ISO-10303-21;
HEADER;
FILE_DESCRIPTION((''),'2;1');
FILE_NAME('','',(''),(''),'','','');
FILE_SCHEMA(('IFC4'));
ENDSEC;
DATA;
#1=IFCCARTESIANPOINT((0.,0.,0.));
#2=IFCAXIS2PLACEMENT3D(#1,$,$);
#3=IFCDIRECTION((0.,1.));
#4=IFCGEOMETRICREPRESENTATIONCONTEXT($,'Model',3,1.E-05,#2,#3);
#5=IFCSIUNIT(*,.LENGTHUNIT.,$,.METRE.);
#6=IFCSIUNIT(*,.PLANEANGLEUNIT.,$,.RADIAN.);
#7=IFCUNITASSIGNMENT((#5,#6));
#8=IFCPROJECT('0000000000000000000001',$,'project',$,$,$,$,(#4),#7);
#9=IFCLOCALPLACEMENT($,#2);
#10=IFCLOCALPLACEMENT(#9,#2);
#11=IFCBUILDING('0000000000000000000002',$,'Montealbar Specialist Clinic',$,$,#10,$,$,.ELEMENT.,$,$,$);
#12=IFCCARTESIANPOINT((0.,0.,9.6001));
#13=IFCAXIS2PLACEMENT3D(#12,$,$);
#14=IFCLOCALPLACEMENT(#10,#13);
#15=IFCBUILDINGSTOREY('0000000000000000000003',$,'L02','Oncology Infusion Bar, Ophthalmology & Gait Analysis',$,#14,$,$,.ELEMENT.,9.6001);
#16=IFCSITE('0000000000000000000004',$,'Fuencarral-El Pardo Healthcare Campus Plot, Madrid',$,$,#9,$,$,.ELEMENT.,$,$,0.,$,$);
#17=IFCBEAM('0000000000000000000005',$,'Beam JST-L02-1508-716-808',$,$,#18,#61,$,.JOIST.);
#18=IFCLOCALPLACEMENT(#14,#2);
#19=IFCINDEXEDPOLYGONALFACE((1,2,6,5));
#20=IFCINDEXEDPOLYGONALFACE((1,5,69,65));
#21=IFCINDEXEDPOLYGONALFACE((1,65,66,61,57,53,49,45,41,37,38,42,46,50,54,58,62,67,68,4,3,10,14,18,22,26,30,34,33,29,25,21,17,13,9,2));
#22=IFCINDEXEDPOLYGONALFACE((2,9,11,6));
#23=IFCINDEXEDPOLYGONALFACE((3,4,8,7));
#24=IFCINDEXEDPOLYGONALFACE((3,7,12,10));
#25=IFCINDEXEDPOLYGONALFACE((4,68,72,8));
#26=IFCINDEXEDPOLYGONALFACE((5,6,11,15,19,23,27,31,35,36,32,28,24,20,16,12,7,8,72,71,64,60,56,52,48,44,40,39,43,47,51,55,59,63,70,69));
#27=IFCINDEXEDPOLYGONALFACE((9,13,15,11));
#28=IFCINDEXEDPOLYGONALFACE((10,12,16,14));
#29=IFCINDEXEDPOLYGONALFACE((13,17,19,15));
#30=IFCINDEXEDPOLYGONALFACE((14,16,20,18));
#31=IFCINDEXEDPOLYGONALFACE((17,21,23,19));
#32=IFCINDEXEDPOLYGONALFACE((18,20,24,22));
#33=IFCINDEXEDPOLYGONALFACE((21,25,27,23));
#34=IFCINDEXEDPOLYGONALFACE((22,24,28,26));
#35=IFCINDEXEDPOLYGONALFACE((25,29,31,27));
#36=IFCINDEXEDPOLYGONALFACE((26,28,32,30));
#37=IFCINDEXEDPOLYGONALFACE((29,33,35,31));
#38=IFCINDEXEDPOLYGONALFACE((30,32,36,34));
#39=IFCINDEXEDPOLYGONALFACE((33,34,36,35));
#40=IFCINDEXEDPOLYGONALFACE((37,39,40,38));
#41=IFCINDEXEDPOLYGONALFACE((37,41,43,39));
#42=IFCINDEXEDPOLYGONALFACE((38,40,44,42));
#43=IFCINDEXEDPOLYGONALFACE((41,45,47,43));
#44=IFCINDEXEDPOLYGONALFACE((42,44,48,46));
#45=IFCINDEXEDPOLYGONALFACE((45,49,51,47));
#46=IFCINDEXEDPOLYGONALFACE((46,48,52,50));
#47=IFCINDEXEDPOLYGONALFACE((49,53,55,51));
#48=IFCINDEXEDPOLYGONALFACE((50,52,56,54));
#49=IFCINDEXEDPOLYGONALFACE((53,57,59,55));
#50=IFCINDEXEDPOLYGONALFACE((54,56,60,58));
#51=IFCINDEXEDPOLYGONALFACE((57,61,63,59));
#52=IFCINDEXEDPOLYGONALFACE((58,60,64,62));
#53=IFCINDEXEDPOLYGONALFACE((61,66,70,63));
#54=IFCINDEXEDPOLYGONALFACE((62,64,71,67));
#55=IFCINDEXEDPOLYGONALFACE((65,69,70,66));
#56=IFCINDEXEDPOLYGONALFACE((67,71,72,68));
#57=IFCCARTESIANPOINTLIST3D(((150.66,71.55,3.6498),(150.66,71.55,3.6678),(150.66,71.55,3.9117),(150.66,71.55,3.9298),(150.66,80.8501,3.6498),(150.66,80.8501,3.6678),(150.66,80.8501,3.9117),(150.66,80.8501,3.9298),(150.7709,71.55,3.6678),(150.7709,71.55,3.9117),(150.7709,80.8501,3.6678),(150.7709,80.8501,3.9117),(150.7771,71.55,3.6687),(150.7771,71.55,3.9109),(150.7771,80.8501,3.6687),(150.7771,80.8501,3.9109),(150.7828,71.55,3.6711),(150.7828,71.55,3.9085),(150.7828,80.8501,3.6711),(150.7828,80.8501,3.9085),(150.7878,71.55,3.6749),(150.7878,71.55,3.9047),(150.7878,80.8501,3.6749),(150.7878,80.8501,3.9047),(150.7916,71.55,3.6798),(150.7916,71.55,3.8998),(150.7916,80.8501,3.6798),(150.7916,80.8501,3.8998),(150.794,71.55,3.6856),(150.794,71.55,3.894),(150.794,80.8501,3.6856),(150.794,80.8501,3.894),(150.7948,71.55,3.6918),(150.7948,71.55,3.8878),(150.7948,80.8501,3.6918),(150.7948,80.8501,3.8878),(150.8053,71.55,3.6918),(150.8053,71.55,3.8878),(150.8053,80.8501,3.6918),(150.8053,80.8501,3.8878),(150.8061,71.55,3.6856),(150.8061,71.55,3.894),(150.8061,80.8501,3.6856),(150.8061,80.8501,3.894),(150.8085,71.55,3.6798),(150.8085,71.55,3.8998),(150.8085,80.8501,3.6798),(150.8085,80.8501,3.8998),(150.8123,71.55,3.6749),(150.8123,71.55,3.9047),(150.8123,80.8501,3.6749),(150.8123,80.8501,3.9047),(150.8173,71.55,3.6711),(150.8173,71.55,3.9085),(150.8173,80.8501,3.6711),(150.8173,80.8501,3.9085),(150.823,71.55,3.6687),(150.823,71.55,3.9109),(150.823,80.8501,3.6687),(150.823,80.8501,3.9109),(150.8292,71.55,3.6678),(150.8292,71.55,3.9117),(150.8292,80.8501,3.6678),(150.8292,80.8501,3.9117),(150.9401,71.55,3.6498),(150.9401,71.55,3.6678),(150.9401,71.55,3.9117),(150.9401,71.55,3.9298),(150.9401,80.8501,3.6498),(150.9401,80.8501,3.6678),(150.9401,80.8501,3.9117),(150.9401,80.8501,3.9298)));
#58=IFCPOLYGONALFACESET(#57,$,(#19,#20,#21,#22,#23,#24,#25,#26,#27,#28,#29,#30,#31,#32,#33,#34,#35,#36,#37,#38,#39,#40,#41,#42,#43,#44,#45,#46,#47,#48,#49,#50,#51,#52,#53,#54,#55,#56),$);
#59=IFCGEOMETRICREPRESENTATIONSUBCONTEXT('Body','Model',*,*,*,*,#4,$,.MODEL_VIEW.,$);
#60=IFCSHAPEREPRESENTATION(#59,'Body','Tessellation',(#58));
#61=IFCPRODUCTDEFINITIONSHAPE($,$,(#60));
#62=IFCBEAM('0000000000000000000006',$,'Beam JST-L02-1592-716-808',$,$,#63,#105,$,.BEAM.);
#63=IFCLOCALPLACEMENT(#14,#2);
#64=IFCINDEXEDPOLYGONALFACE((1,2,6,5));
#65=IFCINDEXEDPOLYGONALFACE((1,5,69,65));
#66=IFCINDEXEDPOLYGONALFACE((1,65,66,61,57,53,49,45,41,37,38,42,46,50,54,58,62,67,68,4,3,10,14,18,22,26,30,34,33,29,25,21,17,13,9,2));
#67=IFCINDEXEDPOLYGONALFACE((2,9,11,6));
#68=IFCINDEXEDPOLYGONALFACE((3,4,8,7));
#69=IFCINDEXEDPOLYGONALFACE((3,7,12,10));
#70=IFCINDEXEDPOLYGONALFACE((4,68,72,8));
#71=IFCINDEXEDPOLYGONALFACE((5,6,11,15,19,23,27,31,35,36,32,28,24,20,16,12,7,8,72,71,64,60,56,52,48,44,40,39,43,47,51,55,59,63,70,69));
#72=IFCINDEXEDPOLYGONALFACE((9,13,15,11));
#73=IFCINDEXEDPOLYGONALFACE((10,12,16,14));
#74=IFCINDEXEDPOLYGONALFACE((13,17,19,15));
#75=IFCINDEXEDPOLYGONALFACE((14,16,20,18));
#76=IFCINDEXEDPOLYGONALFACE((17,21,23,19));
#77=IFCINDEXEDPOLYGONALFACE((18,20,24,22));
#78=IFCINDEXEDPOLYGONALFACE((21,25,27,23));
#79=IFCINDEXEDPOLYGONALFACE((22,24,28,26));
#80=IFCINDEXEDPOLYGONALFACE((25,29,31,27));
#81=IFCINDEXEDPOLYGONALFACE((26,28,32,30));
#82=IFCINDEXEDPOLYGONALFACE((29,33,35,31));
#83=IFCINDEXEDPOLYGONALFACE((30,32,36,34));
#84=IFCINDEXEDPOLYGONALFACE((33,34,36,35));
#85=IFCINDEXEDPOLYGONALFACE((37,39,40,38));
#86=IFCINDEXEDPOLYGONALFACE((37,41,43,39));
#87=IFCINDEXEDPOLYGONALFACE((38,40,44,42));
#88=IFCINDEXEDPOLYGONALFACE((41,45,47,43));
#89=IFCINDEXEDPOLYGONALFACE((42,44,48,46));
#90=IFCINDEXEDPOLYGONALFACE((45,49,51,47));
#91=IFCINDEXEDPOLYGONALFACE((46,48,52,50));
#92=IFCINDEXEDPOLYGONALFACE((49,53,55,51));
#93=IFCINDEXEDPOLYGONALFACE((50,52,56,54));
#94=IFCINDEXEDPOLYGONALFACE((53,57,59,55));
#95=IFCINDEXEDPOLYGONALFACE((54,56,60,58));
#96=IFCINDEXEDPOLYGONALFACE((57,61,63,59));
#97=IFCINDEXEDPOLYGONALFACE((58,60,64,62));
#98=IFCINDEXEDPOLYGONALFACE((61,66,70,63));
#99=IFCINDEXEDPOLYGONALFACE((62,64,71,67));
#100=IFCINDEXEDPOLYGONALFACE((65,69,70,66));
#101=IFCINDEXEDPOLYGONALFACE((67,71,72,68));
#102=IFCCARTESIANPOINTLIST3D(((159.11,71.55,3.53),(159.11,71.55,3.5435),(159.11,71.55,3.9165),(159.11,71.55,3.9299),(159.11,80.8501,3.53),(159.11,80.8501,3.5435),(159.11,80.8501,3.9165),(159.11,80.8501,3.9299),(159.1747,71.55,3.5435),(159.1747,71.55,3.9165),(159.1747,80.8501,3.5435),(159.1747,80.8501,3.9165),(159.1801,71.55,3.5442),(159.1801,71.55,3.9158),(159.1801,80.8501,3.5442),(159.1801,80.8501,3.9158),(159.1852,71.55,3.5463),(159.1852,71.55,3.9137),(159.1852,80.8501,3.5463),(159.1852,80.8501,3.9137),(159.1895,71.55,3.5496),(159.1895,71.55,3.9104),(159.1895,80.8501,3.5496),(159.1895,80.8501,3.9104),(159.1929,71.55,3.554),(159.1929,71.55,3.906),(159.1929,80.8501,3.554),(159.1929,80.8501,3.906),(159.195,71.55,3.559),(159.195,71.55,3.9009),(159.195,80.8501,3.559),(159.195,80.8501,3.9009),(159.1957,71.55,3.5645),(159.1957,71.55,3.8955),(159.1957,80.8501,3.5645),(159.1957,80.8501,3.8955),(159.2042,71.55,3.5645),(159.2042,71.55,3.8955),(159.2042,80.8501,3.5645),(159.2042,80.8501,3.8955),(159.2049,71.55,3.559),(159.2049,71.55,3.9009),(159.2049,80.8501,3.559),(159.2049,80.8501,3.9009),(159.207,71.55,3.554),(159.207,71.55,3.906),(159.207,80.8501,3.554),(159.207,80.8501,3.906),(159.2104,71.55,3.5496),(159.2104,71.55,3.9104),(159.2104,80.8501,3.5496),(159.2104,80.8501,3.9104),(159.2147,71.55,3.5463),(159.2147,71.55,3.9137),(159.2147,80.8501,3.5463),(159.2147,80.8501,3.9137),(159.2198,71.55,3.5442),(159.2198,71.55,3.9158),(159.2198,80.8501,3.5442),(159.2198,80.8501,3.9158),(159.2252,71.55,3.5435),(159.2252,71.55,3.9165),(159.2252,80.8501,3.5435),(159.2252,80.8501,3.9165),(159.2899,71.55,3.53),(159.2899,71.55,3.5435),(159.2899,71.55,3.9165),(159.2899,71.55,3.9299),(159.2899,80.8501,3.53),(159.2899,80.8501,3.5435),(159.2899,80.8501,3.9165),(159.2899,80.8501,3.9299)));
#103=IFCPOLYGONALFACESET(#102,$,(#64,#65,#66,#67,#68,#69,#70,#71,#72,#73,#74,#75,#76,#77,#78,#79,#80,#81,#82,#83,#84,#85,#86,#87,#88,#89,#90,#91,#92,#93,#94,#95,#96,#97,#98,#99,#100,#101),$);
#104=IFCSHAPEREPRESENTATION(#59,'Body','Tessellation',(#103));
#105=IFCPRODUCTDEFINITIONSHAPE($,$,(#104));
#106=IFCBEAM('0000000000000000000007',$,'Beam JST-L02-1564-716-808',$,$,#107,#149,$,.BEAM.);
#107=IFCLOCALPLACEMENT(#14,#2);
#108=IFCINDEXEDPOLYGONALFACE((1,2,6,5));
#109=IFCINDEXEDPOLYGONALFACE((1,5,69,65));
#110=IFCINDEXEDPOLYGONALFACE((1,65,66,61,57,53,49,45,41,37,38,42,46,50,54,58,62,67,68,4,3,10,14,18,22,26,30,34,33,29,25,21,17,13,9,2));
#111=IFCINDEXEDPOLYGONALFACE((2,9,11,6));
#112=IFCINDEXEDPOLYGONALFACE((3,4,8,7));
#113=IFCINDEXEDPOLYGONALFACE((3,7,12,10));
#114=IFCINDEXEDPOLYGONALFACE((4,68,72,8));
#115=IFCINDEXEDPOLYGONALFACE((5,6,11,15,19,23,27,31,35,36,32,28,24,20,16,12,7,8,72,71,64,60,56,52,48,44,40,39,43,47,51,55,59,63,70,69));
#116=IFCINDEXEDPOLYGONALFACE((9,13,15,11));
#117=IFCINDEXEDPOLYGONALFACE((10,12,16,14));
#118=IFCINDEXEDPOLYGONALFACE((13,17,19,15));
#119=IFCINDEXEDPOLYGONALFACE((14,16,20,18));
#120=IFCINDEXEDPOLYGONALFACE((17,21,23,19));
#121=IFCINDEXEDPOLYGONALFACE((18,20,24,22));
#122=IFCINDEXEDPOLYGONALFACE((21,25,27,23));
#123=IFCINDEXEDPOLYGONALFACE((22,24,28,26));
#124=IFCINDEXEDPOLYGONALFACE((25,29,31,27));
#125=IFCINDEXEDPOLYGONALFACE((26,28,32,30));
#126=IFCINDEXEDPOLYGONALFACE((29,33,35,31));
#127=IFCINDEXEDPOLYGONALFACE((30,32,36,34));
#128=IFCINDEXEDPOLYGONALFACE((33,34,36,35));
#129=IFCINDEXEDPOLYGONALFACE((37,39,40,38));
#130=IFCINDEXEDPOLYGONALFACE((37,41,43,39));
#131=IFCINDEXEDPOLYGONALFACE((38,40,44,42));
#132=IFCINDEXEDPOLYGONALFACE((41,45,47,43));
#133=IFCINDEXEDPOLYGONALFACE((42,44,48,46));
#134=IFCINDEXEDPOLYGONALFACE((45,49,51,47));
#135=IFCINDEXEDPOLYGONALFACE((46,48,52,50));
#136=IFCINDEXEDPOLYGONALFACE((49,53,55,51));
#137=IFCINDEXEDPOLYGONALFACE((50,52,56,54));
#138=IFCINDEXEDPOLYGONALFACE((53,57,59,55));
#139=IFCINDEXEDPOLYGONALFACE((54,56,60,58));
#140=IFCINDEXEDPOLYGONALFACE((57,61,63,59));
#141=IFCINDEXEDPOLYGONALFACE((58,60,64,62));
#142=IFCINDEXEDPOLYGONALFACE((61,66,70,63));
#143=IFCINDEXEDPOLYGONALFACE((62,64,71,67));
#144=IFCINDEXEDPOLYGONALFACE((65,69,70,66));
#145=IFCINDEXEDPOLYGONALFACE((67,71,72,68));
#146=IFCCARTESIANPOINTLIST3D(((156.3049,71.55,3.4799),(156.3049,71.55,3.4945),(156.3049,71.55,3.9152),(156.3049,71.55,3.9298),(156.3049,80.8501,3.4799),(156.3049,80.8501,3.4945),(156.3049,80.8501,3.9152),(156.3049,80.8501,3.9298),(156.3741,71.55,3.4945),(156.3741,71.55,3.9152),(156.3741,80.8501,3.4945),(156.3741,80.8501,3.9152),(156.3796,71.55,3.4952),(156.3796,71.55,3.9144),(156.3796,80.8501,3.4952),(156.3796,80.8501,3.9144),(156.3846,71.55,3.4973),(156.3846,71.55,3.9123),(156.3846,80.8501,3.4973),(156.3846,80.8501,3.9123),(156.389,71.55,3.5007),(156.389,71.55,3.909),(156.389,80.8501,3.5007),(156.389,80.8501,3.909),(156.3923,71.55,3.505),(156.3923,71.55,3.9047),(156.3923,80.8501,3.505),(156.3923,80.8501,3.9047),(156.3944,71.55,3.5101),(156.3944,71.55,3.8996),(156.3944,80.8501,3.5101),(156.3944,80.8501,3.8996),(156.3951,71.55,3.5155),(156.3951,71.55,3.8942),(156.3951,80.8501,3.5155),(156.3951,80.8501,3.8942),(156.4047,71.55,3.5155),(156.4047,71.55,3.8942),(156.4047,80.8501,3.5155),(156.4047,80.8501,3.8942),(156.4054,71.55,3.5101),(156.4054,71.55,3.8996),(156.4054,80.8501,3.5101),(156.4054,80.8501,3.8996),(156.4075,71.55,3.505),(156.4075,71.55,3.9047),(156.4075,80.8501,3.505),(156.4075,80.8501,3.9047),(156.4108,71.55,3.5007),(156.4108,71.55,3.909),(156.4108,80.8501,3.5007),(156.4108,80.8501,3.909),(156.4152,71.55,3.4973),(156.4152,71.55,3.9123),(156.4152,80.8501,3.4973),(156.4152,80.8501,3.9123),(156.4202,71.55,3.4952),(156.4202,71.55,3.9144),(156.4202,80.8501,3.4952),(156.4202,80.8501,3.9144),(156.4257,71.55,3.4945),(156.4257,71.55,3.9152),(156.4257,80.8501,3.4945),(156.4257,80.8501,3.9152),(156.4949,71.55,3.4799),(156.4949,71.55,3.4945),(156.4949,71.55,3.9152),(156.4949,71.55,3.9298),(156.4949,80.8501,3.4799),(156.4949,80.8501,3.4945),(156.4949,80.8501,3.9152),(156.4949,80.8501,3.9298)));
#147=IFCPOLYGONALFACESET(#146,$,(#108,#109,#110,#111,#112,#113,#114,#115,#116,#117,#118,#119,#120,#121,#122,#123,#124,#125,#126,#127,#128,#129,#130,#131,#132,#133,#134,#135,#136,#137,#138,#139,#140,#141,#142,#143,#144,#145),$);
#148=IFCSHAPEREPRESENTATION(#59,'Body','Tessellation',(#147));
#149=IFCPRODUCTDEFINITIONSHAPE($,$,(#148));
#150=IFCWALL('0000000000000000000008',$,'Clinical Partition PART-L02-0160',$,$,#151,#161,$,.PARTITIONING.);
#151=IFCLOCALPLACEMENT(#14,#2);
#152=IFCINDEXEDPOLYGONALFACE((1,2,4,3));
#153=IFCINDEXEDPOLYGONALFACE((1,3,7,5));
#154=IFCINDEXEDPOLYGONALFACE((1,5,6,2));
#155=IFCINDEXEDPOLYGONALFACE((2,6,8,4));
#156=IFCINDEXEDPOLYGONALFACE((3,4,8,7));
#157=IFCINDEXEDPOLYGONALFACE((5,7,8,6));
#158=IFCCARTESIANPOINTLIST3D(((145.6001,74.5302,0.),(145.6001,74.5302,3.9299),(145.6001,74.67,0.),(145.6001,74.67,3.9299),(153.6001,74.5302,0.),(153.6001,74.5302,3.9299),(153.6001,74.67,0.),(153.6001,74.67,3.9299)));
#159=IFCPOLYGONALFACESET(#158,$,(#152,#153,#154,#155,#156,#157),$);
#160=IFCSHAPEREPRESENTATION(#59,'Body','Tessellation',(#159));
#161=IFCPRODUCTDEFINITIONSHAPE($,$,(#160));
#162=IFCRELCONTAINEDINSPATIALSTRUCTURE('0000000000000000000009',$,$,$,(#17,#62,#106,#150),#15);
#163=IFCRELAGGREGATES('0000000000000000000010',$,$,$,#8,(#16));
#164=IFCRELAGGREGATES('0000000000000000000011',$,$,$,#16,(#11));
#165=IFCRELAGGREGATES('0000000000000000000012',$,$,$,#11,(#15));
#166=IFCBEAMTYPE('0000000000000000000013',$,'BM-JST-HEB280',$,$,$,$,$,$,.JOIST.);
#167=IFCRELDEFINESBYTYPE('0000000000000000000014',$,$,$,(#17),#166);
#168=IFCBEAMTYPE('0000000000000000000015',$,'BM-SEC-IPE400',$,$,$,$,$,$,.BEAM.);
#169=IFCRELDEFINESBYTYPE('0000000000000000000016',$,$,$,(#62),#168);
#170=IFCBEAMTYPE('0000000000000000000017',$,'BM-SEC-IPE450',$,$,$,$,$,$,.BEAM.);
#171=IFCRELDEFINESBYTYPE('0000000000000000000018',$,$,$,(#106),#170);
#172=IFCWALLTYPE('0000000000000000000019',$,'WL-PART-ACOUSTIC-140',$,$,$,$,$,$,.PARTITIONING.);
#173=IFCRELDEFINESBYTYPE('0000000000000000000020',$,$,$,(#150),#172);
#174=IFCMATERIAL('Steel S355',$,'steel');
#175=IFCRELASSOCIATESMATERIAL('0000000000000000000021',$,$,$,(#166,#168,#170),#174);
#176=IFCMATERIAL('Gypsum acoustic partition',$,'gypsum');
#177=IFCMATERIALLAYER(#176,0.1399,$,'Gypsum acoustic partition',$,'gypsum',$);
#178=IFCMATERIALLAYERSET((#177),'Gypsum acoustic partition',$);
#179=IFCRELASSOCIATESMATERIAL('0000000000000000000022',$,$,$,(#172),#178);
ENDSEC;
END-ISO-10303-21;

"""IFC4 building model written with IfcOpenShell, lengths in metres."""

from ifc_helpers import new_model, si_unit, direction, frame, frame_2d, origin, origin_2d, place, context, subcontext, project, spatial, rectangle, i_section, extrude, material, layer, layer_set, material_profile, profile_set, type_object, element, save


model = new_model("IFC4")

# Units and contexts
model_context = context("Model", 3, precision=1e-05, world=origin(), true_north=direction((0.0, 1.0)))
body_context = subcontext(model_context, "Body", "Model", "MODEL_VIEW")
ifc_project = project(units=[si_unit("LENGTHUNIT", "METRE"), si_unit("PLANEANGLEUNIT", "RADIAN")], contexts=[model_context])

# Site, building, storey
site_placement = place(None, origin())
site = spatial("IfcSite", under=ifc_project, at=site_placement, Name="Fuencarral-El Pardo Healthcare Campus Plot, Madrid", CompositionType="ELEMENT", RefElevation=0.0)
building_placement = place(site_placement, origin())
building = spatial("IfcBuilding", under=site, at=building_placement, Name="Montealbar Specialist Clinic", CompositionType="ELEMENT")
storey_placement = place(building_placement, frame((0.0, 0.0, 9.6001)))
storey = spatial("IfcBuildingStorey", under=building, at=storey_placement, Name="L02", Description="Oncology Infusion Bar, Ophthalmology & Gait Analysis", CompositionType="ELEMENT", Elevation=9.6001)

# Shared definitions
ifc_material_1 = material(Name="Steel S355", Category="steel")

# Beams
ifc_material_profile_1 = material_profile(ifc_material_1, i_section(OverallWidth=0.28, OverallDepth=0.28, WebThickness=0.0105, FlangeThickness=0.0181, FilletRadius=0.0239, at=origin_2d()), Name="HEB 280", Category="steel")
ifc_profile_set_1 = profile_set([ifc_material_profile_1], Name="Steel S355")
beam_type_1 = type_object("IfcBeamType", Name="BM-JST-HEB280", PredefinedType="JOIST", material=ifc_profile_set_1)
beam_1_placement = place(storey_placement, frame((150.8, 71.55, 3.7898), z_axis=(0.0, 1.0, 0.0), x_axis=(-1.0, 0.0, 0.0)))
element("IfcBeam", 1, at=beam_1_placement, inside=storey, type_object=beam_type_1, Name="Beam JST-L02-1508-716-808", PredefinedType="JOIST", context=body_context, shape_type="SweptSolid", body=[
    extrude(i_section(OverallWidth=0.28, OverallDepth=0.28, WebThickness=0.0105, FlangeThickness=0.0181, FilletRadius=0.0239, at=origin_2d()), origin(), (0.0, 0.0, 1.0), 9.3),
])
ifc_material_profile_2 = material_profile(ifc_material_1, i_section(OverallWidth=0.1799, OverallDepth=0.3999, WebThickness=0.0085, FlangeThickness=0.0134, FilletRadius=0.021, at=origin_2d()), Name="IPE 400", Category="steel")
ifc_profile_set_2 = profile_set([ifc_material_profile_2], Name="Steel S355")
beam_type_2 = type_object("IfcBeamType", Name="BM-SEC-IPE400", PredefinedType="BEAM", material=ifc_profile_set_2)
beam_2_placement = place(storey_placement, frame((159.2, 71.55, 3.73), z_axis=(0.0, 1.0, 0.0), x_axis=(-1.0, 0.0, 0.0)))
element("IfcBeam", 2, at=beam_2_placement, inside=storey, type_object=beam_type_2, Name="Beam JST-L02-1592-716-808", PredefinedType="BEAM", context=body_context, shape_type="SweptSolid", body=[
    extrude(i_section(OverallWidth=0.1799, OverallDepth=0.3999, WebThickness=0.0085, FlangeThickness=0.0134, FilletRadius=0.021, at=origin_2d()), origin(), (0.0, 0.0, 1.0), 9.3),
])
ifc_material_profile_3 = material_profile(ifc_material_1, i_section(OverallWidth=0.1899, OverallDepth=0.45, WebThickness=0.0095, FlangeThickness=0.0146, FilletRadius=0.021, at=origin_2d()), Name="IPE 450", Category="steel")
ifc_profile_set_3 = profile_set([ifc_material_profile_3], Name="Steel S355")
beam_type_3 = type_object("IfcBeamType", Name="BM-SEC-IPE450", PredefinedType="BEAM", material=ifc_profile_set_3)
beam_3_placement = place(storey_placement, frame((156.3999, 71.55, 3.7048), z_axis=(0.0, 1.0, 0.0), x_axis=(-1.0, 0.0, 0.0)))
element("IfcBeam", 3, at=beam_3_placement, inside=storey, type_object=beam_type_3, Name="Beam JST-L02-1564-716-808", PredefinedType="BEAM", context=body_context, shape_type="SweptSolid", body=[
    extrude(i_section(OverallWidth=0.1899, OverallDepth=0.45, WebThickness=0.0095, FlangeThickness=0.0146, FilletRadius=0.021, at=origin_2d()), origin(), (0.0, 0.0, 1.0), 9.3),
])

# Wall
ifc_material_2 = material(Name="Gypsum acoustic partition", Category="gypsum")
ifc_layer_1 = layer(ifc_material_2, 0.1399, Name="Gypsum acoustic partition", Category="gypsum")
ifc_layer_set_1 = layer_set([ifc_layer_1], Name="Gypsum acoustic partition")
wall_type_1 = type_object("IfcWallType", Name="WL-PART-ACOUSTIC-140", PredefinedType="PARTITIONING", material=ifc_layer_set_1)
wall_1_placement = place(storey_placement, frame((145.6001, 74.6001, 0.0), z_axis=(0.0, 0.0, 1.0), x_axis=(1.0, 0.0, 0.0)))
element("IfcWall", 4, at=wall_1_placement, inside=storey, type_object=wall_type_1, Name="Clinical Partition PART-L02-0160", PredefinedType="PARTITIONING", context=body_context, shape_type="SweptSolid", body=[
    extrude(rectangle(XDim=8.0, YDim=0.1399, at=frame_2d((4.0, 0.0))), origin(), (0.0, 0.0, 1.0), 3.9299),
])

save(model, "model.ifc")
